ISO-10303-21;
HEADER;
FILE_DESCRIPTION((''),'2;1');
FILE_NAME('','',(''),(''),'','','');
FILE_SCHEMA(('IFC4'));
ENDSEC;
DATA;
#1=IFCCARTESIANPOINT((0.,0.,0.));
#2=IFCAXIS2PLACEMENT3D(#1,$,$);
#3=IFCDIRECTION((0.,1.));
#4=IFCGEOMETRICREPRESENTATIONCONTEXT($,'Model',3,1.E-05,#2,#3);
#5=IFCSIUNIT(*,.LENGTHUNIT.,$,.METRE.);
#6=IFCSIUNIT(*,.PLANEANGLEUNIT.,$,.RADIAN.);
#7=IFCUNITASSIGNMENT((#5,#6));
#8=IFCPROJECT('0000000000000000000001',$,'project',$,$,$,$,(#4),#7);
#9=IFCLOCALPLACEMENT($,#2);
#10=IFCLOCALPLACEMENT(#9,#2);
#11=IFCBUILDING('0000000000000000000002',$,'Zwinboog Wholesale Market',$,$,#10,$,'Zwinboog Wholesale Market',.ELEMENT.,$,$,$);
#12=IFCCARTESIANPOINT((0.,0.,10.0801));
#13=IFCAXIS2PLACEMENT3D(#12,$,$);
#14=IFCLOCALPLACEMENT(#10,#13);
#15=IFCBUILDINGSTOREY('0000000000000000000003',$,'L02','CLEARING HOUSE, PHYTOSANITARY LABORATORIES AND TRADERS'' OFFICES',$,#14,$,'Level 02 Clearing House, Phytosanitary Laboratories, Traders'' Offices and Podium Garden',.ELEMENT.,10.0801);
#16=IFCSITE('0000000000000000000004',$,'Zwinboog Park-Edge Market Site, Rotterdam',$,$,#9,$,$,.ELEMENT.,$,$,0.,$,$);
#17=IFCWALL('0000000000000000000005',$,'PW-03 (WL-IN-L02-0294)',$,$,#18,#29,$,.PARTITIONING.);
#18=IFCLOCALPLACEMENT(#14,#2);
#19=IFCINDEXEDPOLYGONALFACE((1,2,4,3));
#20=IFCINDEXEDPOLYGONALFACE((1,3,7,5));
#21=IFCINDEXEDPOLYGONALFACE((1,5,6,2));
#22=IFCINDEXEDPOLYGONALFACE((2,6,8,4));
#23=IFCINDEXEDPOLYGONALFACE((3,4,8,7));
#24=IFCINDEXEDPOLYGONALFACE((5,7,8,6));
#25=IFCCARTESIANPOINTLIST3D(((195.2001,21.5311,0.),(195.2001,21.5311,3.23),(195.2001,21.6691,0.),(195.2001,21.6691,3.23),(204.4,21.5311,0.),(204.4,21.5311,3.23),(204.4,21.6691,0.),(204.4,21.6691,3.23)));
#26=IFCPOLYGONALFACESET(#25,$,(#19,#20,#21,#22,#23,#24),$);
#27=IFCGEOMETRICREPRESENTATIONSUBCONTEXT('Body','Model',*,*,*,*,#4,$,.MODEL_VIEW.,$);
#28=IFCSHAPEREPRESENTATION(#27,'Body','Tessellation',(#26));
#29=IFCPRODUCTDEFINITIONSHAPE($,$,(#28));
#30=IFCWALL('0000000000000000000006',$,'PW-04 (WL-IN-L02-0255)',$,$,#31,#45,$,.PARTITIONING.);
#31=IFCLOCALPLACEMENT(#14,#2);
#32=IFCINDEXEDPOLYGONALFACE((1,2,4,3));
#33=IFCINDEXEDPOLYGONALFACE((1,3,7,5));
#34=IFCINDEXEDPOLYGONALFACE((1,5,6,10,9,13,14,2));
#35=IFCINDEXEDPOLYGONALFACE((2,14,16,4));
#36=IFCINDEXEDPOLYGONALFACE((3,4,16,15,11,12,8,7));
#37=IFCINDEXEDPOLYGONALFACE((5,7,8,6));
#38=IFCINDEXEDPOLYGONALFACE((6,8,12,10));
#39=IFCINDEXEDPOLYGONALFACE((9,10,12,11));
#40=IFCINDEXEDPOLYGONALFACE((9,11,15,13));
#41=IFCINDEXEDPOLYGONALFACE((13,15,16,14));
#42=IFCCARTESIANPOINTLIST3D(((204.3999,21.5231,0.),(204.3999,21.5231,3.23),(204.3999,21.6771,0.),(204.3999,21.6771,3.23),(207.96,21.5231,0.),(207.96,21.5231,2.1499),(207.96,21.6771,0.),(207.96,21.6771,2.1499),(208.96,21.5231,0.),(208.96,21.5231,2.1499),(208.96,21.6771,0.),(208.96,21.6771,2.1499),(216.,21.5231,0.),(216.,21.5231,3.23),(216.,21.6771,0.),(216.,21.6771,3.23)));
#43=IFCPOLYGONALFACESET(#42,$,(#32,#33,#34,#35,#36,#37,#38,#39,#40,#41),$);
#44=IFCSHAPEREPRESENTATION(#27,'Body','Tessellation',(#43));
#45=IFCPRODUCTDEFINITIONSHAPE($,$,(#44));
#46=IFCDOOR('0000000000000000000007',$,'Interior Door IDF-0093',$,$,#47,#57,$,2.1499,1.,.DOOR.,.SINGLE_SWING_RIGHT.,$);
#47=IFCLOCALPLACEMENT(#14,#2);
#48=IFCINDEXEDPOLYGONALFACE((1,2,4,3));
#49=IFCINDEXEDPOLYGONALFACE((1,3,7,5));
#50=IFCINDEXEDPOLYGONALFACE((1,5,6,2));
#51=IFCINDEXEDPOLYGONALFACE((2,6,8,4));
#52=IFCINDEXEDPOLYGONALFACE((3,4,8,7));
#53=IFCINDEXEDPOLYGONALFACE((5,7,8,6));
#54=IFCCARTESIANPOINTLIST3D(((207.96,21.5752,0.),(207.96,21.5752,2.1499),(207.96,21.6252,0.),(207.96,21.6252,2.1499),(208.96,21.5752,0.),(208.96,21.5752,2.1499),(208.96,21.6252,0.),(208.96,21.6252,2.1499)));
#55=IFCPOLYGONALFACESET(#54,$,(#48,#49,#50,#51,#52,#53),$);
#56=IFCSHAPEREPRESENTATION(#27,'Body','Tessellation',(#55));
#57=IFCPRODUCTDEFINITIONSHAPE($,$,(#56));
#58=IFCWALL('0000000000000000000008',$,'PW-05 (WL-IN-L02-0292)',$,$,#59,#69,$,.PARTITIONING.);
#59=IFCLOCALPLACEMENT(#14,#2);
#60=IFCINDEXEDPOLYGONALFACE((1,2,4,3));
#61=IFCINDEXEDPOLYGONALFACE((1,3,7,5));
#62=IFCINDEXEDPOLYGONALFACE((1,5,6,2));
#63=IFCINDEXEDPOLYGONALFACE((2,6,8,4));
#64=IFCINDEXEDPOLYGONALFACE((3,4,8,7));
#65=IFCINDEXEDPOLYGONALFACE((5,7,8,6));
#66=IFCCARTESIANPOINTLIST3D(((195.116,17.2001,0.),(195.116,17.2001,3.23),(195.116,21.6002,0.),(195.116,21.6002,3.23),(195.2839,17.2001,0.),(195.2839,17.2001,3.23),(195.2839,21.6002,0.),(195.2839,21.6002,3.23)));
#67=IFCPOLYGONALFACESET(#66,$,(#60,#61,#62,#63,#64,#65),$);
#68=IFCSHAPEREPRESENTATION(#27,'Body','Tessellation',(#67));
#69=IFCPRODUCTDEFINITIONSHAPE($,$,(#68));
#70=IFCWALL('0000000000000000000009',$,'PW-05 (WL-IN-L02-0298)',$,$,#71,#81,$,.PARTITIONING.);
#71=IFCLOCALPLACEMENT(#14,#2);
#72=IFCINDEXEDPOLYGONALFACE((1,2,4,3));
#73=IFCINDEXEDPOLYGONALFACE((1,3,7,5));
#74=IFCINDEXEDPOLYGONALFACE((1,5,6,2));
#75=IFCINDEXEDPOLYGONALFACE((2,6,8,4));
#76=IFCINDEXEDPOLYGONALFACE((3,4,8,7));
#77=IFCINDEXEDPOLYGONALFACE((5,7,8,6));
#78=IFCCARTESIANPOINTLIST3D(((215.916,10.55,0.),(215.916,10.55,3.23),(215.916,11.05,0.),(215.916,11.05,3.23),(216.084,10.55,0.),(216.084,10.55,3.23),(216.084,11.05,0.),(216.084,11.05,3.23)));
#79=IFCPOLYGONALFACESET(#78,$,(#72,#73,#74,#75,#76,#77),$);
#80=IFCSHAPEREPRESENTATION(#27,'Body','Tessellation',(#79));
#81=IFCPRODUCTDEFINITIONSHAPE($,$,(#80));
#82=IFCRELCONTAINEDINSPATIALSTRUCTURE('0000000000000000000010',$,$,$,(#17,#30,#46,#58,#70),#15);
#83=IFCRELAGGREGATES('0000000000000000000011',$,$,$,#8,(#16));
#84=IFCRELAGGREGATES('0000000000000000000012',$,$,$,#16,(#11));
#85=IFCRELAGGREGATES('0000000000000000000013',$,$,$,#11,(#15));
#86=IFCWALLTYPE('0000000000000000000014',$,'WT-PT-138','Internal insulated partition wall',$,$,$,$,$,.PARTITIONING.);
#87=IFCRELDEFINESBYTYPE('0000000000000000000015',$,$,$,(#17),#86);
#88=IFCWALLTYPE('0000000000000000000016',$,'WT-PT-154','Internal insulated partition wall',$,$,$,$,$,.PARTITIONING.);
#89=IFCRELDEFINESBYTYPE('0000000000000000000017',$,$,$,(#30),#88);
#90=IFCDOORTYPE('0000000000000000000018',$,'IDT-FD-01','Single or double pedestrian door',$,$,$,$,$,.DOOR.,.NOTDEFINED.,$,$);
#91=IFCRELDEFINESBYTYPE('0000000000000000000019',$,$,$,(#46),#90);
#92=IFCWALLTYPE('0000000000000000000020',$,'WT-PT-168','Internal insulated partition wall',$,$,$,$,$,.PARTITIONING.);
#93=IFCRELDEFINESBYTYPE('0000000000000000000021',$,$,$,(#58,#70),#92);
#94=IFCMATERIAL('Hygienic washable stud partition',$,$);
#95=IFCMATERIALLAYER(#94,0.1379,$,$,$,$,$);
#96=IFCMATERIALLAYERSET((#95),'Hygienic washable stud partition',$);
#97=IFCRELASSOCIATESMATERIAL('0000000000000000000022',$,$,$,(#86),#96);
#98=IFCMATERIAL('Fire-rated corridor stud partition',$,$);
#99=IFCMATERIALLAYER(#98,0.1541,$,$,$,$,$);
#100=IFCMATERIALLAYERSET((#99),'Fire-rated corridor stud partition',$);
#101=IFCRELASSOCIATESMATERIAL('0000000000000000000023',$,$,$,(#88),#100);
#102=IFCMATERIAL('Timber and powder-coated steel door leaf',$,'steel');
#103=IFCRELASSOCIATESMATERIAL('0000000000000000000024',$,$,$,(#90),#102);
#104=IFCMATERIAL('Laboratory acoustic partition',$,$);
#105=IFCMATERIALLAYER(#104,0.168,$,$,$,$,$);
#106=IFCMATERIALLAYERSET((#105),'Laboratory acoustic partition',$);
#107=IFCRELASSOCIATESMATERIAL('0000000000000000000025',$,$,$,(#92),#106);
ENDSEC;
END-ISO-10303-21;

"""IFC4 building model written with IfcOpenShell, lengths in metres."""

from ifc_helpers import new_model, si_unit, direction, frame, frame_2d, origin, place, context, subcontext, project, spatial, rectangle, extrude, material, layer, layer_set, type_object, element, fill, save


model = new_model("IFC4")

# Units and contexts
model_context = context("Model", 3, precision=1e-05, world=origin(), true_north=direction((0.0, 1.0)))
body_context = subcontext(model_context, "Body", "Model", "MODEL_VIEW")
ifc_project = project(units=[si_unit("LENGTHUNIT", "METRE"), si_unit("PLANEANGLEUNIT", "RADIAN")], contexts=[model_context])

# Site, building, storey
site_placement = place(None, origin())
site = spatial("IfcSite", under=ifc_project, at=site_placement, Name="Zwinboog Park-Edge Market Site, Rotterdam", CompositionType="ELEMENT", RefElevation=0.0)
building_placement = place(site_placement, origin())
building = spatial("IfcBuilding", under=site, at=building_placement, Name="Zwinboog Wholesale Market", LongName="Zwinboog Wholesale Market", CompositionType="ELEMENT")
storey_placement = place(building_placement, frame((0.0, 0.0, 10.0801)))
storey = spatial("IfcBuildingStorey", under=building, at=storey_placement, Name="L02", Description="CLEARING HOUSE, PHYTOSANITARY LABORATORIES AND TRADERS' OFFICES", LongName="Level 02 Clearing House, Phytosanitary Laboratories, Traders' Offices and Podium Garden", CompositionType="ELEMENT", Elevation=10.0801)

# Wall
ifc_material_1 = material(Name="Hygienic washable stud partition")
ifc_layer_1 = layer(ifc_material_1, 0.1379)
ifc_layer_set_1 = layer_set([ifc_layer_1], Name="Hygienic washable stud partition")
wall_type_1 = type_object("IfcWallType", Name="WT-PT-138", Description="Internal insulated partition wall", PredefinedType="PARTITIONING", material=ifc_layer_set_1)
wall_1_placement = place(storey_placement, frame((195.2, 21.6001, 0.0), z_axis=(0.0, 0.0, 1.0), x_axis=(1.0, 0.0, 0.0)))
element("IfcWall", 1, at=wall_1_placement, inside=storey, type_object=wall_type_1, Name="PW-03 (WL-IN-L02-0294)", PredefinedType="PARTITIONING", context=body_context, shape_type="SweptSolid", body=[
    extrude(rectangle(XDim=9.2, YDim=0.1379, at=frame_2d((4.6001, 0.0))), origin(), (0.0, 0.0, 1.0), 3.23),
])

# Wall, opening, door
ifc_material_2 = material(Name="Fire-rated corridor stud partition")
ifc_layer_2 = layer(ifc_material_2, 0.1541)
ifc_layer_set_2 = layer_set([ifc_layer_2], Name="Fire-rated corridor stud partition")
wall_type_2 = type_object("IfcWallType", Name="WT-PT-154", Description="Internal insulated partition wall", PredefinedType="PARTITIONING", material=ifc_layer_set_2)
wall_2_placement = place(storey_placement, frame((204.3999, 21.6001, 0.0), z_axis=(0.0, 0.0, 1.0), x_axis=(1.0, 0.0, 0.0)))
wall_2 = element("IfcWall", 2, at=wall_2_placement, inside=storey, type_object=wall_type_2, Name="PW-04 (WL-IN-L02-0255)", PredefinedType="PARTITIONING", context=body_context, shape_type="SweptSolid", body=[
    extrude(rectangle(XDim=11.6001, YDim=0.1541, at=frame_2d((5.8, 0.0))), origin(), (0.0, 0.0, 1.0), 3.23),
])
opening_1_placement = place(wall_2_placement, frame((3.5601, 0.0, 0.0)))
opening_1 = element("IfcOpeningElement", 3, at=opening_1_placement, cuts=wall_2, PredefinedType="OPENING", context=body_context, shape_type="SweptSolid", body=[
    extrude(rectangle(XDim=1.0, YDim=2.1499, at=frame_2d((0.5, 1.075))), frame((0.0, 0.0869, 0.0), z_axis=(0.0, -1.0, 0.0), x_axis=(1.0, 0.0, 0.0)), (0.0, 0.0, 1.0), 0.1741),
])
ifc_material_3 = material(Name="Timber and powder-coated steel door leaf", Category="steel")
door_type = type_object("IfcDoorType", Name="IDT-FD-01", Description="Single or double pedestrian door", OperationType="NOTDEFINED", PredefinedType="DOOR", material=ifc_material_3)
door_placement = place(opening_1_placement, frame((1.0, 0.0, 0.0), z_axis=(0.0, 0.0, 1.0), x_axis=(-1.0, 0.0, 0.0)))
door = element("IfcDoor", 4, at=door_placement, inside=storey, type_object=door_type, Name="Interior Door IDF-0093", OperationType="SINGLE_SWING_RIGHT", OverallHeight=2.1499, OverallWidth=1.0, PredefinedType="DOOR", context=body_context, shape_type="SweptSolid", body=[
    extrude(rectangle(XDim=1.0, YDim=2.1499, at=frame_2d((0.5, 1.075))), frame((0.0, 0.0249, 0.0), z_axis=(0.0, -1.0, 0.0), x_axis=(1.0, 0.0, 0.0)), (0.0, 0.0, 1.0), 0.05),
])
fill(opening_1, door)

# Walls
ifc_material_4 = material(Name="Laboratory acoustic partition")
ifc_layer_3 = layer(ifc_material_4, 0.168)
ifc_layer_set_3 = layer_set([ifc_layer_3], Name="Laboratory acoustic partition")
wall_type_3 = type_object("IfcWallType", Name="WT-PT-168", Description="Internal insulated partition wall", PredefinedType="PARTITIONING", material=ifc_layer_set_3)
wall_3_placement = place(storey_placement, frame((195.2, 17.2, 0.0), z_axis=(0.0, 0.0, 1.0), x_axis=(0.0, 1.0, 0.0)))
element("IfcWall", 5, at=wall_3_placement, inside=storey, type_object=wall_type_3, Name="PW-05 (WL-IN-L02-0292)", PredefinedType="PARTITIONING", context=body_context, shape_type="SweptSolid", body=[
    extrude(rectangle(XDim=4.4001, YDim=0.168, at=frame_2d((2.2002, 0.0))), origin(), (0.0, 0.0, 1.0), 3.23),
])
wall_4_placement = place(storey_placement, frame((216.0, 10.55, 0.0), z_axis=(0.0, 0.0, 1.0), x_axis=(0.0, 1.0, 0.0)))
element("IfcWall", 6, at=wall_4_placement, inside=storey, type_object=wall_type_3, Name="PW-05 (WL-IN-L02-0298)", PredefinedType="PARTITIONING", context=body_context, shape_type="SweptSolid", body=[
    extrude(rectangle(XDim=0.5, YDim=0.168, at=frame_2d((0.25, 0.0))), origin(), (0.0, 0.0, 1.0), 3.23),
])

save(model, "model.ifc")
